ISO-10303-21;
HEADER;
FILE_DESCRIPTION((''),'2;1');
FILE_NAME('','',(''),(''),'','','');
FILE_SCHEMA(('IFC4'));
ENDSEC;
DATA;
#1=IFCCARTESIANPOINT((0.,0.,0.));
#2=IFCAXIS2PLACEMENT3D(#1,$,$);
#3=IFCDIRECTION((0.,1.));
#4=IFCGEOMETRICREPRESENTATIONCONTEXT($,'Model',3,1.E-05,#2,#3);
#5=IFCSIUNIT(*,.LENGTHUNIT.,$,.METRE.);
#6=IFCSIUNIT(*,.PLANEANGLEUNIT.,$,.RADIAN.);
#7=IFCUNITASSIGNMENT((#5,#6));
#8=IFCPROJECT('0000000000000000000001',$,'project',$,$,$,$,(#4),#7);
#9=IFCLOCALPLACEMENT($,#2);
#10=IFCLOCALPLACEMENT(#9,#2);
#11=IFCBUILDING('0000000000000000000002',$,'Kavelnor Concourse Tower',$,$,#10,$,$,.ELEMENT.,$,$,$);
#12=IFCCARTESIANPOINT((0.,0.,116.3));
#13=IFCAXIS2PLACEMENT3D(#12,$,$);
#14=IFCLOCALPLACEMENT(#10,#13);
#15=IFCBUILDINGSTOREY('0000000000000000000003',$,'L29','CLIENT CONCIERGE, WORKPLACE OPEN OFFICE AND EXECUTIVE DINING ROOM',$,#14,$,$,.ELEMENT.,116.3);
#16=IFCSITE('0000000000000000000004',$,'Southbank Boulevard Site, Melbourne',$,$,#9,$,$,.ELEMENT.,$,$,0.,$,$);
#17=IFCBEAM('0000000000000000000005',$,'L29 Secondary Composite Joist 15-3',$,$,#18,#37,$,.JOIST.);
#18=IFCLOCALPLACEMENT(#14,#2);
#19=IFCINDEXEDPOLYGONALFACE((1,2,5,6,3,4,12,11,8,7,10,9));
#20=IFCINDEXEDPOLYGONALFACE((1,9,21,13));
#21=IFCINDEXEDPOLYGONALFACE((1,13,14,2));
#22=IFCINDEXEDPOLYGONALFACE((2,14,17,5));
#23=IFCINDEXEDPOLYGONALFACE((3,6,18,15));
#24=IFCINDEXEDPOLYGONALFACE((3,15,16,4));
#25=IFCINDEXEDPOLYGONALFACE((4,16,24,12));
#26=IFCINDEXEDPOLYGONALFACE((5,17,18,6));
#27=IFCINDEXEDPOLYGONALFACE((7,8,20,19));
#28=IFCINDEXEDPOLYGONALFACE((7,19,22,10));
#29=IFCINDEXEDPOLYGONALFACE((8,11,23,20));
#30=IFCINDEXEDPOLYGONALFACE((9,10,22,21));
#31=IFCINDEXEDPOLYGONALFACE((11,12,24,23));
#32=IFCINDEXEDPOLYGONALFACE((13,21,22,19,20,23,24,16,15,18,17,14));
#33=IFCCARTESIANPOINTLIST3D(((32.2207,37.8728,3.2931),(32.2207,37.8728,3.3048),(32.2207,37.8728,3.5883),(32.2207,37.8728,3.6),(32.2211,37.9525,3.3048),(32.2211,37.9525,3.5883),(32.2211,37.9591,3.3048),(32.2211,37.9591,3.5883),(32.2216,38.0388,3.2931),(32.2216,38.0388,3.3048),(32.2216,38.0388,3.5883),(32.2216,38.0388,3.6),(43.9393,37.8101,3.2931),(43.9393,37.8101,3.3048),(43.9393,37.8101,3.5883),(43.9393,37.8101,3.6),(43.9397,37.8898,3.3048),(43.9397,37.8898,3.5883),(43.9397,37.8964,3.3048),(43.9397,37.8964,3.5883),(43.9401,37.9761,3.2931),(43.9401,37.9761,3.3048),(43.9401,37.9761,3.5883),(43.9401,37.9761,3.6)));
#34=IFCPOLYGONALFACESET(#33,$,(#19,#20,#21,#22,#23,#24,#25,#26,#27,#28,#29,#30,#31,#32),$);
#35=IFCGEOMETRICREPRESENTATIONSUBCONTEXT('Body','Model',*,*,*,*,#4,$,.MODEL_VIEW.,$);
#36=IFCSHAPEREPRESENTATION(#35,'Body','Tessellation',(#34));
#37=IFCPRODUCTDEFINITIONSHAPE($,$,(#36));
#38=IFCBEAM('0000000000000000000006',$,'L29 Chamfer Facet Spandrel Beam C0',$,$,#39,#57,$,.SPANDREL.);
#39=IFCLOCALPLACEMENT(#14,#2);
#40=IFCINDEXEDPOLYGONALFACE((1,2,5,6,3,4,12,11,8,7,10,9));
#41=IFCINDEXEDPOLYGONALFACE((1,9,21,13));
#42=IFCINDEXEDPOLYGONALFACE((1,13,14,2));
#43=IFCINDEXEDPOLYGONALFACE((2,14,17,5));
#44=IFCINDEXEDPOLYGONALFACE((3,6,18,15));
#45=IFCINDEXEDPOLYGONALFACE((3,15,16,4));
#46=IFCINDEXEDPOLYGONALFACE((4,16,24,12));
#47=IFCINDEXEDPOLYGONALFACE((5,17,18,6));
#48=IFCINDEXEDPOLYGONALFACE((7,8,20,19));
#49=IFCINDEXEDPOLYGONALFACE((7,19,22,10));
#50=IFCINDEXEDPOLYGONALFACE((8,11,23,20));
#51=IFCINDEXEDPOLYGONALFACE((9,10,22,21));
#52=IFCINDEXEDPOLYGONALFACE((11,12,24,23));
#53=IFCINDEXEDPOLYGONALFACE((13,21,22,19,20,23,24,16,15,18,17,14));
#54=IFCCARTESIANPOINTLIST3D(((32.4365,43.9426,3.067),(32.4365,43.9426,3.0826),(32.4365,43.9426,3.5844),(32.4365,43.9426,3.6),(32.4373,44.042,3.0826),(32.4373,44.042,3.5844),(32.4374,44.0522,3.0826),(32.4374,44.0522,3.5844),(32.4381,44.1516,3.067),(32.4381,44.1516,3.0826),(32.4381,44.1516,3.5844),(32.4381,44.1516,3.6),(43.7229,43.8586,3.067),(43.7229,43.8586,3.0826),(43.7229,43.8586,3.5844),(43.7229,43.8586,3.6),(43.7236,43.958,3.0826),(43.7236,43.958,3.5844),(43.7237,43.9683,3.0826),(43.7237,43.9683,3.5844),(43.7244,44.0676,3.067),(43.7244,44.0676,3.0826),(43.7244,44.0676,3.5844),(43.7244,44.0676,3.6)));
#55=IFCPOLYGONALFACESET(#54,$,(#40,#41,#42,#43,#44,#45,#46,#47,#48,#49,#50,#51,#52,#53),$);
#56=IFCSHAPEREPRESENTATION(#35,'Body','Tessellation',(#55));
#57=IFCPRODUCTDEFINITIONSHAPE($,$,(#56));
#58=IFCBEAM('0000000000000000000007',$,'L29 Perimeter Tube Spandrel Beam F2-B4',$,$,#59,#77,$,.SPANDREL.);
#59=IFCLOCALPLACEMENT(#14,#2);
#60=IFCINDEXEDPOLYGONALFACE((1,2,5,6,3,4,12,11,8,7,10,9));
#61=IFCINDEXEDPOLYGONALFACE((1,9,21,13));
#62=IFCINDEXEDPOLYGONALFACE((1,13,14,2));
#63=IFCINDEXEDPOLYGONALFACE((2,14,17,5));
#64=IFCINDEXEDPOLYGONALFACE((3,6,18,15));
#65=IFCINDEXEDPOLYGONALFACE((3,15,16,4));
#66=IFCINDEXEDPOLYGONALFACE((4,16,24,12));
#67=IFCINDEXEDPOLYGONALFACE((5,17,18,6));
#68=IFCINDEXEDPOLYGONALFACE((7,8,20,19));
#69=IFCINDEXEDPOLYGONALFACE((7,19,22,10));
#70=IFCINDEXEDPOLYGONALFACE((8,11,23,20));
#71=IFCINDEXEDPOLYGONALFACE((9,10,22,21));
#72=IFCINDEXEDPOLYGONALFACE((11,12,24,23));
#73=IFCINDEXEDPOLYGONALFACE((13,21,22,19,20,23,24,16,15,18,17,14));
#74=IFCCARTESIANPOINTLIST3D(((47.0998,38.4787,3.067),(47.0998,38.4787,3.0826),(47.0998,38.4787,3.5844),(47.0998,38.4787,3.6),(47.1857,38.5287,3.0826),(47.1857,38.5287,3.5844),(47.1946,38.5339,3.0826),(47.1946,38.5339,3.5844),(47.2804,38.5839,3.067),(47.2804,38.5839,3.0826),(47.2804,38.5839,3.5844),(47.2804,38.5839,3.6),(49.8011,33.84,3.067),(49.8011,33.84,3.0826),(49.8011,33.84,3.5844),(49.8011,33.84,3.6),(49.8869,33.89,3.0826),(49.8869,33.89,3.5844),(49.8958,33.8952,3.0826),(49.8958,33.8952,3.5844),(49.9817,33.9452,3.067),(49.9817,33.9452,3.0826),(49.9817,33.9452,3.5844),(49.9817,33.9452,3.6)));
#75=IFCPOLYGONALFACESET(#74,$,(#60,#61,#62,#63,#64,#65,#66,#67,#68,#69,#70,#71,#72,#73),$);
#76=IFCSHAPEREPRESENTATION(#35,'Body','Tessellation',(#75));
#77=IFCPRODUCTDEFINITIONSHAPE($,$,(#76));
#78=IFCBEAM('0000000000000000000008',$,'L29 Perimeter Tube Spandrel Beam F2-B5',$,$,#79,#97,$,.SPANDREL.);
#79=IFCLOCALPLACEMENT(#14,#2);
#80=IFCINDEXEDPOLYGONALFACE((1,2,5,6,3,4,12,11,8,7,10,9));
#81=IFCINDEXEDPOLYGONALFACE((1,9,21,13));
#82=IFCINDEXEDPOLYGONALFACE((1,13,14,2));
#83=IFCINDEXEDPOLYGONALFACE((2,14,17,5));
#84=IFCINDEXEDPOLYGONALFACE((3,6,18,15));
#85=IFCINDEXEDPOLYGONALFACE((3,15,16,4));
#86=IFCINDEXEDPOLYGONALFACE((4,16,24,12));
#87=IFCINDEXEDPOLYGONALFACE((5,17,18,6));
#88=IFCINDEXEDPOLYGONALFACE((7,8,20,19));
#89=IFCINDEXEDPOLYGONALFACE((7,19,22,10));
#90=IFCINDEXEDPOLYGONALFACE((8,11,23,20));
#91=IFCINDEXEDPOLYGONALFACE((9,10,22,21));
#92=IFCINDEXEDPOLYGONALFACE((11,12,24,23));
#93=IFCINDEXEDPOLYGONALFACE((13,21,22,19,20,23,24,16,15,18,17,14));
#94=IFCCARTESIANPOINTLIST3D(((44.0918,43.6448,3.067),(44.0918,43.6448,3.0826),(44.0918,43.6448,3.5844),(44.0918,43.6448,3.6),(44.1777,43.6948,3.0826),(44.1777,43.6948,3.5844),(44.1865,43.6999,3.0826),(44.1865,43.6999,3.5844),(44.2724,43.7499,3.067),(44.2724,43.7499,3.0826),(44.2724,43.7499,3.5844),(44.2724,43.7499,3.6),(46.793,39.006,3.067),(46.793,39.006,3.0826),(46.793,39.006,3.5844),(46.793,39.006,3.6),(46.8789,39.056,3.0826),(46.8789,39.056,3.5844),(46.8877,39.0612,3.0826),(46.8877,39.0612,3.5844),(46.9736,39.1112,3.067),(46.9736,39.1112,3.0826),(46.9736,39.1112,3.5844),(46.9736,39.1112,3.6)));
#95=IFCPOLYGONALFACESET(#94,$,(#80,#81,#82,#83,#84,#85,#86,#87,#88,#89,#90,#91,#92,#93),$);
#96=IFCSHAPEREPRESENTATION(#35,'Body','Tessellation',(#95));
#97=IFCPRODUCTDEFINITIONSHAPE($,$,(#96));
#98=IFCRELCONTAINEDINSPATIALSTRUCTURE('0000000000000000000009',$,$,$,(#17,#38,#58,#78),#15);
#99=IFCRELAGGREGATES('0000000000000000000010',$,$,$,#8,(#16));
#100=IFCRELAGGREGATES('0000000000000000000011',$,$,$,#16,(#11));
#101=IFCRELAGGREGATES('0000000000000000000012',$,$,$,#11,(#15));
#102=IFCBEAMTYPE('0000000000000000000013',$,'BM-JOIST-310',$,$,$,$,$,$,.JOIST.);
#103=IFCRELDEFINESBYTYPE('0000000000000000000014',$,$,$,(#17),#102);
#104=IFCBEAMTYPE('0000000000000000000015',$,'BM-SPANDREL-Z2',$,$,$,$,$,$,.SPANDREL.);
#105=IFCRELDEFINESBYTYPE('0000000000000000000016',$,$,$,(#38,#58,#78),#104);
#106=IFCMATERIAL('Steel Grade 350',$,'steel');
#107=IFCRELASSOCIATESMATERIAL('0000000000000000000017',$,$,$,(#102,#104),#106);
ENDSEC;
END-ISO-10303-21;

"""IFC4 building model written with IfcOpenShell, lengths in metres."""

from ifc_helpers import new_model, si_unit, direction, frame, origin, origin_2d, place, context, subcontext, project, spatial, i_section, extrude, material, material_profile, profile_set, type_object, element, save


model = new_model("IFC4")

# Units and contexts
model_context = context("Model", 3, precision=1e-05, world=origin(), true_north=direction((0.0, 1.0)))
body_context = subcontext(model_context, "Body", "Model", "MODEL_VIEW")
ifc_project = project(units=[si_unit("LENGTHUNIT", "METRE"), si_unit("PLANEANGLEUNIT", "RADIAN")], contexts=[model_context])

# Site, building, storey
site_placement = place(None, origin())
site = spatial("IfcSite", under=ifc_project, at=site_placement, Name="Southbank Boulevard Site, Melbourne", CompositionType="ELEMENT", RefElevation=0.0)
building_placement = place(site_placement, origin())
building = spatial("IfcBuilding", under=site, at=building_placement, Name="Kavelnor Concourse Tower", CompositionType="ELEMENT")
storey_placement = place(building_placement, frame((0.0, 0.0, 116.3)))
storey = spatial("IfcBuildingStorey", under=building, at=storey_placement, Name="L29", Description="CLIENT CONCIERGE, WORKPLACE OPEN OFFICE AND EXECUTIVE DINING ROOM", CompositionType="ELEMENT", Elevation=116.3)

# Shared definitions
ifc_material_1 = material(Name="Steel Grade 350", Category="steel")

# Beams
ifc_material_profile_1 = material_profile(ifc_material_1, i_section(OverallWidth=0.166, OverallDepth=0.3069, WebThickness=0.0066, FlangeThickness=0.0117, at=origin_2d()), Name="310UB46")
ifc_profile_set_1 = profile_set([ifc_material_profile_1], Name="Steel Grade 350")
beam_type_1 = type_object("IfcBeamType", Name="BM-JOIST-310", PredefinedType="JOIST", material=ifc_profile_set_1)
beam_1_placement = place(storey_placement, frame((43.9397, 37.8931, 3.4465), z_axis=(-0.999986, 0.005354, 0.0), x_axis=(-0.005354, -0.999986, 0.0)))
element("IfcBeam", 1, at=beam_1_placement, inside=storey, type_object=beam_type_1, Name="L29 Secondary Composite Joist 15-3", PredefinedType="JOIST", context=body_context, shape_type="SweptSolid", body=[
    extrude(i_section(OverallWidth=0.166, OverallDepth=0.3069, WebThickness=0.0066, FlangeThickness=0.0117, at=origin_2d()), origin(), (0.0, 0.0, 1.0), 11.7188),
])
ifc_material_profile_2 = material_profile(ifc_material_1, i_section(OverallWidth=0.209, OverallDepth=0.533, WebThickness=0.0103, FlangeThickness=0.0156, at=origin_2d()), Name="530UB92")
ifc_profile_set_2 = profile_set([ifc_material_profile_2], Name="Steel Grade 350")
beam_type_2 = type_object("IfcBeamType", Name="BM-SPANDREL-Z2", PredefinedType="SPANDREL", material=ifc_profile_set_2)
beam_2_placement = place(storey_placement, frame((43.7236, 43.9631, 3.3335), z_axis=(-0.999972, 0.007441, 0.0), x_axis=(-0.007441, -0.999972, 0.0)))
element("IfcBeam", 2, at=beam_2_placement, inside=storey, type_object=beam_type_2, Name="L29 Chamfer Facet Spandrel Beam C0", PredefinedType="SPANDREL", context=body_context, shape_type="SweptSolid", body=[
    extrude(i_section(OverallWidth=0.209, OverallDepth=0.533, WebThickness=0.0103, FlangeThickness=0.0156, at=origin_2d()), origin(), (0.0, 0.0, 1.0), 11.2866),
])
for number, where, z_axis, x_axis, name in (
    (3, (49.8914, 33.8926, 3.3335), (-0.503215, 0.864161, 0.0), (-0.864161, -0.503215, 0.0), "L29 Perimeter Tube Spandrel Beam F2-B4"),
    (4, (46.8833, 39.0586, 3.3335), (-0.503215, 0.864161, 0.0), (-0.864161, -0.503215, 0.0), "L29 Perimeter Tube Spandrel Beam F2-B5"),
):
    element("IfcBeam", number, at=place(storey_placement, frame(where, z_axis=z_axis, x_axis=x_axis)), inside=storey, type_object=beam_type_2, Name=name, PredefinedType="SPANDREL", context=body_context, shape_type="SweptSolid", body=[
        extrude(i_section(OverallWidth=0.209, OverallDepth=0.533, WebThickness=0.0103, FlangeThickness=0.0156, at=origin_2d()), origin(), (0.0, 0.0, 1.0), 5.3679),
    ])

save(model, "model.ifc")
